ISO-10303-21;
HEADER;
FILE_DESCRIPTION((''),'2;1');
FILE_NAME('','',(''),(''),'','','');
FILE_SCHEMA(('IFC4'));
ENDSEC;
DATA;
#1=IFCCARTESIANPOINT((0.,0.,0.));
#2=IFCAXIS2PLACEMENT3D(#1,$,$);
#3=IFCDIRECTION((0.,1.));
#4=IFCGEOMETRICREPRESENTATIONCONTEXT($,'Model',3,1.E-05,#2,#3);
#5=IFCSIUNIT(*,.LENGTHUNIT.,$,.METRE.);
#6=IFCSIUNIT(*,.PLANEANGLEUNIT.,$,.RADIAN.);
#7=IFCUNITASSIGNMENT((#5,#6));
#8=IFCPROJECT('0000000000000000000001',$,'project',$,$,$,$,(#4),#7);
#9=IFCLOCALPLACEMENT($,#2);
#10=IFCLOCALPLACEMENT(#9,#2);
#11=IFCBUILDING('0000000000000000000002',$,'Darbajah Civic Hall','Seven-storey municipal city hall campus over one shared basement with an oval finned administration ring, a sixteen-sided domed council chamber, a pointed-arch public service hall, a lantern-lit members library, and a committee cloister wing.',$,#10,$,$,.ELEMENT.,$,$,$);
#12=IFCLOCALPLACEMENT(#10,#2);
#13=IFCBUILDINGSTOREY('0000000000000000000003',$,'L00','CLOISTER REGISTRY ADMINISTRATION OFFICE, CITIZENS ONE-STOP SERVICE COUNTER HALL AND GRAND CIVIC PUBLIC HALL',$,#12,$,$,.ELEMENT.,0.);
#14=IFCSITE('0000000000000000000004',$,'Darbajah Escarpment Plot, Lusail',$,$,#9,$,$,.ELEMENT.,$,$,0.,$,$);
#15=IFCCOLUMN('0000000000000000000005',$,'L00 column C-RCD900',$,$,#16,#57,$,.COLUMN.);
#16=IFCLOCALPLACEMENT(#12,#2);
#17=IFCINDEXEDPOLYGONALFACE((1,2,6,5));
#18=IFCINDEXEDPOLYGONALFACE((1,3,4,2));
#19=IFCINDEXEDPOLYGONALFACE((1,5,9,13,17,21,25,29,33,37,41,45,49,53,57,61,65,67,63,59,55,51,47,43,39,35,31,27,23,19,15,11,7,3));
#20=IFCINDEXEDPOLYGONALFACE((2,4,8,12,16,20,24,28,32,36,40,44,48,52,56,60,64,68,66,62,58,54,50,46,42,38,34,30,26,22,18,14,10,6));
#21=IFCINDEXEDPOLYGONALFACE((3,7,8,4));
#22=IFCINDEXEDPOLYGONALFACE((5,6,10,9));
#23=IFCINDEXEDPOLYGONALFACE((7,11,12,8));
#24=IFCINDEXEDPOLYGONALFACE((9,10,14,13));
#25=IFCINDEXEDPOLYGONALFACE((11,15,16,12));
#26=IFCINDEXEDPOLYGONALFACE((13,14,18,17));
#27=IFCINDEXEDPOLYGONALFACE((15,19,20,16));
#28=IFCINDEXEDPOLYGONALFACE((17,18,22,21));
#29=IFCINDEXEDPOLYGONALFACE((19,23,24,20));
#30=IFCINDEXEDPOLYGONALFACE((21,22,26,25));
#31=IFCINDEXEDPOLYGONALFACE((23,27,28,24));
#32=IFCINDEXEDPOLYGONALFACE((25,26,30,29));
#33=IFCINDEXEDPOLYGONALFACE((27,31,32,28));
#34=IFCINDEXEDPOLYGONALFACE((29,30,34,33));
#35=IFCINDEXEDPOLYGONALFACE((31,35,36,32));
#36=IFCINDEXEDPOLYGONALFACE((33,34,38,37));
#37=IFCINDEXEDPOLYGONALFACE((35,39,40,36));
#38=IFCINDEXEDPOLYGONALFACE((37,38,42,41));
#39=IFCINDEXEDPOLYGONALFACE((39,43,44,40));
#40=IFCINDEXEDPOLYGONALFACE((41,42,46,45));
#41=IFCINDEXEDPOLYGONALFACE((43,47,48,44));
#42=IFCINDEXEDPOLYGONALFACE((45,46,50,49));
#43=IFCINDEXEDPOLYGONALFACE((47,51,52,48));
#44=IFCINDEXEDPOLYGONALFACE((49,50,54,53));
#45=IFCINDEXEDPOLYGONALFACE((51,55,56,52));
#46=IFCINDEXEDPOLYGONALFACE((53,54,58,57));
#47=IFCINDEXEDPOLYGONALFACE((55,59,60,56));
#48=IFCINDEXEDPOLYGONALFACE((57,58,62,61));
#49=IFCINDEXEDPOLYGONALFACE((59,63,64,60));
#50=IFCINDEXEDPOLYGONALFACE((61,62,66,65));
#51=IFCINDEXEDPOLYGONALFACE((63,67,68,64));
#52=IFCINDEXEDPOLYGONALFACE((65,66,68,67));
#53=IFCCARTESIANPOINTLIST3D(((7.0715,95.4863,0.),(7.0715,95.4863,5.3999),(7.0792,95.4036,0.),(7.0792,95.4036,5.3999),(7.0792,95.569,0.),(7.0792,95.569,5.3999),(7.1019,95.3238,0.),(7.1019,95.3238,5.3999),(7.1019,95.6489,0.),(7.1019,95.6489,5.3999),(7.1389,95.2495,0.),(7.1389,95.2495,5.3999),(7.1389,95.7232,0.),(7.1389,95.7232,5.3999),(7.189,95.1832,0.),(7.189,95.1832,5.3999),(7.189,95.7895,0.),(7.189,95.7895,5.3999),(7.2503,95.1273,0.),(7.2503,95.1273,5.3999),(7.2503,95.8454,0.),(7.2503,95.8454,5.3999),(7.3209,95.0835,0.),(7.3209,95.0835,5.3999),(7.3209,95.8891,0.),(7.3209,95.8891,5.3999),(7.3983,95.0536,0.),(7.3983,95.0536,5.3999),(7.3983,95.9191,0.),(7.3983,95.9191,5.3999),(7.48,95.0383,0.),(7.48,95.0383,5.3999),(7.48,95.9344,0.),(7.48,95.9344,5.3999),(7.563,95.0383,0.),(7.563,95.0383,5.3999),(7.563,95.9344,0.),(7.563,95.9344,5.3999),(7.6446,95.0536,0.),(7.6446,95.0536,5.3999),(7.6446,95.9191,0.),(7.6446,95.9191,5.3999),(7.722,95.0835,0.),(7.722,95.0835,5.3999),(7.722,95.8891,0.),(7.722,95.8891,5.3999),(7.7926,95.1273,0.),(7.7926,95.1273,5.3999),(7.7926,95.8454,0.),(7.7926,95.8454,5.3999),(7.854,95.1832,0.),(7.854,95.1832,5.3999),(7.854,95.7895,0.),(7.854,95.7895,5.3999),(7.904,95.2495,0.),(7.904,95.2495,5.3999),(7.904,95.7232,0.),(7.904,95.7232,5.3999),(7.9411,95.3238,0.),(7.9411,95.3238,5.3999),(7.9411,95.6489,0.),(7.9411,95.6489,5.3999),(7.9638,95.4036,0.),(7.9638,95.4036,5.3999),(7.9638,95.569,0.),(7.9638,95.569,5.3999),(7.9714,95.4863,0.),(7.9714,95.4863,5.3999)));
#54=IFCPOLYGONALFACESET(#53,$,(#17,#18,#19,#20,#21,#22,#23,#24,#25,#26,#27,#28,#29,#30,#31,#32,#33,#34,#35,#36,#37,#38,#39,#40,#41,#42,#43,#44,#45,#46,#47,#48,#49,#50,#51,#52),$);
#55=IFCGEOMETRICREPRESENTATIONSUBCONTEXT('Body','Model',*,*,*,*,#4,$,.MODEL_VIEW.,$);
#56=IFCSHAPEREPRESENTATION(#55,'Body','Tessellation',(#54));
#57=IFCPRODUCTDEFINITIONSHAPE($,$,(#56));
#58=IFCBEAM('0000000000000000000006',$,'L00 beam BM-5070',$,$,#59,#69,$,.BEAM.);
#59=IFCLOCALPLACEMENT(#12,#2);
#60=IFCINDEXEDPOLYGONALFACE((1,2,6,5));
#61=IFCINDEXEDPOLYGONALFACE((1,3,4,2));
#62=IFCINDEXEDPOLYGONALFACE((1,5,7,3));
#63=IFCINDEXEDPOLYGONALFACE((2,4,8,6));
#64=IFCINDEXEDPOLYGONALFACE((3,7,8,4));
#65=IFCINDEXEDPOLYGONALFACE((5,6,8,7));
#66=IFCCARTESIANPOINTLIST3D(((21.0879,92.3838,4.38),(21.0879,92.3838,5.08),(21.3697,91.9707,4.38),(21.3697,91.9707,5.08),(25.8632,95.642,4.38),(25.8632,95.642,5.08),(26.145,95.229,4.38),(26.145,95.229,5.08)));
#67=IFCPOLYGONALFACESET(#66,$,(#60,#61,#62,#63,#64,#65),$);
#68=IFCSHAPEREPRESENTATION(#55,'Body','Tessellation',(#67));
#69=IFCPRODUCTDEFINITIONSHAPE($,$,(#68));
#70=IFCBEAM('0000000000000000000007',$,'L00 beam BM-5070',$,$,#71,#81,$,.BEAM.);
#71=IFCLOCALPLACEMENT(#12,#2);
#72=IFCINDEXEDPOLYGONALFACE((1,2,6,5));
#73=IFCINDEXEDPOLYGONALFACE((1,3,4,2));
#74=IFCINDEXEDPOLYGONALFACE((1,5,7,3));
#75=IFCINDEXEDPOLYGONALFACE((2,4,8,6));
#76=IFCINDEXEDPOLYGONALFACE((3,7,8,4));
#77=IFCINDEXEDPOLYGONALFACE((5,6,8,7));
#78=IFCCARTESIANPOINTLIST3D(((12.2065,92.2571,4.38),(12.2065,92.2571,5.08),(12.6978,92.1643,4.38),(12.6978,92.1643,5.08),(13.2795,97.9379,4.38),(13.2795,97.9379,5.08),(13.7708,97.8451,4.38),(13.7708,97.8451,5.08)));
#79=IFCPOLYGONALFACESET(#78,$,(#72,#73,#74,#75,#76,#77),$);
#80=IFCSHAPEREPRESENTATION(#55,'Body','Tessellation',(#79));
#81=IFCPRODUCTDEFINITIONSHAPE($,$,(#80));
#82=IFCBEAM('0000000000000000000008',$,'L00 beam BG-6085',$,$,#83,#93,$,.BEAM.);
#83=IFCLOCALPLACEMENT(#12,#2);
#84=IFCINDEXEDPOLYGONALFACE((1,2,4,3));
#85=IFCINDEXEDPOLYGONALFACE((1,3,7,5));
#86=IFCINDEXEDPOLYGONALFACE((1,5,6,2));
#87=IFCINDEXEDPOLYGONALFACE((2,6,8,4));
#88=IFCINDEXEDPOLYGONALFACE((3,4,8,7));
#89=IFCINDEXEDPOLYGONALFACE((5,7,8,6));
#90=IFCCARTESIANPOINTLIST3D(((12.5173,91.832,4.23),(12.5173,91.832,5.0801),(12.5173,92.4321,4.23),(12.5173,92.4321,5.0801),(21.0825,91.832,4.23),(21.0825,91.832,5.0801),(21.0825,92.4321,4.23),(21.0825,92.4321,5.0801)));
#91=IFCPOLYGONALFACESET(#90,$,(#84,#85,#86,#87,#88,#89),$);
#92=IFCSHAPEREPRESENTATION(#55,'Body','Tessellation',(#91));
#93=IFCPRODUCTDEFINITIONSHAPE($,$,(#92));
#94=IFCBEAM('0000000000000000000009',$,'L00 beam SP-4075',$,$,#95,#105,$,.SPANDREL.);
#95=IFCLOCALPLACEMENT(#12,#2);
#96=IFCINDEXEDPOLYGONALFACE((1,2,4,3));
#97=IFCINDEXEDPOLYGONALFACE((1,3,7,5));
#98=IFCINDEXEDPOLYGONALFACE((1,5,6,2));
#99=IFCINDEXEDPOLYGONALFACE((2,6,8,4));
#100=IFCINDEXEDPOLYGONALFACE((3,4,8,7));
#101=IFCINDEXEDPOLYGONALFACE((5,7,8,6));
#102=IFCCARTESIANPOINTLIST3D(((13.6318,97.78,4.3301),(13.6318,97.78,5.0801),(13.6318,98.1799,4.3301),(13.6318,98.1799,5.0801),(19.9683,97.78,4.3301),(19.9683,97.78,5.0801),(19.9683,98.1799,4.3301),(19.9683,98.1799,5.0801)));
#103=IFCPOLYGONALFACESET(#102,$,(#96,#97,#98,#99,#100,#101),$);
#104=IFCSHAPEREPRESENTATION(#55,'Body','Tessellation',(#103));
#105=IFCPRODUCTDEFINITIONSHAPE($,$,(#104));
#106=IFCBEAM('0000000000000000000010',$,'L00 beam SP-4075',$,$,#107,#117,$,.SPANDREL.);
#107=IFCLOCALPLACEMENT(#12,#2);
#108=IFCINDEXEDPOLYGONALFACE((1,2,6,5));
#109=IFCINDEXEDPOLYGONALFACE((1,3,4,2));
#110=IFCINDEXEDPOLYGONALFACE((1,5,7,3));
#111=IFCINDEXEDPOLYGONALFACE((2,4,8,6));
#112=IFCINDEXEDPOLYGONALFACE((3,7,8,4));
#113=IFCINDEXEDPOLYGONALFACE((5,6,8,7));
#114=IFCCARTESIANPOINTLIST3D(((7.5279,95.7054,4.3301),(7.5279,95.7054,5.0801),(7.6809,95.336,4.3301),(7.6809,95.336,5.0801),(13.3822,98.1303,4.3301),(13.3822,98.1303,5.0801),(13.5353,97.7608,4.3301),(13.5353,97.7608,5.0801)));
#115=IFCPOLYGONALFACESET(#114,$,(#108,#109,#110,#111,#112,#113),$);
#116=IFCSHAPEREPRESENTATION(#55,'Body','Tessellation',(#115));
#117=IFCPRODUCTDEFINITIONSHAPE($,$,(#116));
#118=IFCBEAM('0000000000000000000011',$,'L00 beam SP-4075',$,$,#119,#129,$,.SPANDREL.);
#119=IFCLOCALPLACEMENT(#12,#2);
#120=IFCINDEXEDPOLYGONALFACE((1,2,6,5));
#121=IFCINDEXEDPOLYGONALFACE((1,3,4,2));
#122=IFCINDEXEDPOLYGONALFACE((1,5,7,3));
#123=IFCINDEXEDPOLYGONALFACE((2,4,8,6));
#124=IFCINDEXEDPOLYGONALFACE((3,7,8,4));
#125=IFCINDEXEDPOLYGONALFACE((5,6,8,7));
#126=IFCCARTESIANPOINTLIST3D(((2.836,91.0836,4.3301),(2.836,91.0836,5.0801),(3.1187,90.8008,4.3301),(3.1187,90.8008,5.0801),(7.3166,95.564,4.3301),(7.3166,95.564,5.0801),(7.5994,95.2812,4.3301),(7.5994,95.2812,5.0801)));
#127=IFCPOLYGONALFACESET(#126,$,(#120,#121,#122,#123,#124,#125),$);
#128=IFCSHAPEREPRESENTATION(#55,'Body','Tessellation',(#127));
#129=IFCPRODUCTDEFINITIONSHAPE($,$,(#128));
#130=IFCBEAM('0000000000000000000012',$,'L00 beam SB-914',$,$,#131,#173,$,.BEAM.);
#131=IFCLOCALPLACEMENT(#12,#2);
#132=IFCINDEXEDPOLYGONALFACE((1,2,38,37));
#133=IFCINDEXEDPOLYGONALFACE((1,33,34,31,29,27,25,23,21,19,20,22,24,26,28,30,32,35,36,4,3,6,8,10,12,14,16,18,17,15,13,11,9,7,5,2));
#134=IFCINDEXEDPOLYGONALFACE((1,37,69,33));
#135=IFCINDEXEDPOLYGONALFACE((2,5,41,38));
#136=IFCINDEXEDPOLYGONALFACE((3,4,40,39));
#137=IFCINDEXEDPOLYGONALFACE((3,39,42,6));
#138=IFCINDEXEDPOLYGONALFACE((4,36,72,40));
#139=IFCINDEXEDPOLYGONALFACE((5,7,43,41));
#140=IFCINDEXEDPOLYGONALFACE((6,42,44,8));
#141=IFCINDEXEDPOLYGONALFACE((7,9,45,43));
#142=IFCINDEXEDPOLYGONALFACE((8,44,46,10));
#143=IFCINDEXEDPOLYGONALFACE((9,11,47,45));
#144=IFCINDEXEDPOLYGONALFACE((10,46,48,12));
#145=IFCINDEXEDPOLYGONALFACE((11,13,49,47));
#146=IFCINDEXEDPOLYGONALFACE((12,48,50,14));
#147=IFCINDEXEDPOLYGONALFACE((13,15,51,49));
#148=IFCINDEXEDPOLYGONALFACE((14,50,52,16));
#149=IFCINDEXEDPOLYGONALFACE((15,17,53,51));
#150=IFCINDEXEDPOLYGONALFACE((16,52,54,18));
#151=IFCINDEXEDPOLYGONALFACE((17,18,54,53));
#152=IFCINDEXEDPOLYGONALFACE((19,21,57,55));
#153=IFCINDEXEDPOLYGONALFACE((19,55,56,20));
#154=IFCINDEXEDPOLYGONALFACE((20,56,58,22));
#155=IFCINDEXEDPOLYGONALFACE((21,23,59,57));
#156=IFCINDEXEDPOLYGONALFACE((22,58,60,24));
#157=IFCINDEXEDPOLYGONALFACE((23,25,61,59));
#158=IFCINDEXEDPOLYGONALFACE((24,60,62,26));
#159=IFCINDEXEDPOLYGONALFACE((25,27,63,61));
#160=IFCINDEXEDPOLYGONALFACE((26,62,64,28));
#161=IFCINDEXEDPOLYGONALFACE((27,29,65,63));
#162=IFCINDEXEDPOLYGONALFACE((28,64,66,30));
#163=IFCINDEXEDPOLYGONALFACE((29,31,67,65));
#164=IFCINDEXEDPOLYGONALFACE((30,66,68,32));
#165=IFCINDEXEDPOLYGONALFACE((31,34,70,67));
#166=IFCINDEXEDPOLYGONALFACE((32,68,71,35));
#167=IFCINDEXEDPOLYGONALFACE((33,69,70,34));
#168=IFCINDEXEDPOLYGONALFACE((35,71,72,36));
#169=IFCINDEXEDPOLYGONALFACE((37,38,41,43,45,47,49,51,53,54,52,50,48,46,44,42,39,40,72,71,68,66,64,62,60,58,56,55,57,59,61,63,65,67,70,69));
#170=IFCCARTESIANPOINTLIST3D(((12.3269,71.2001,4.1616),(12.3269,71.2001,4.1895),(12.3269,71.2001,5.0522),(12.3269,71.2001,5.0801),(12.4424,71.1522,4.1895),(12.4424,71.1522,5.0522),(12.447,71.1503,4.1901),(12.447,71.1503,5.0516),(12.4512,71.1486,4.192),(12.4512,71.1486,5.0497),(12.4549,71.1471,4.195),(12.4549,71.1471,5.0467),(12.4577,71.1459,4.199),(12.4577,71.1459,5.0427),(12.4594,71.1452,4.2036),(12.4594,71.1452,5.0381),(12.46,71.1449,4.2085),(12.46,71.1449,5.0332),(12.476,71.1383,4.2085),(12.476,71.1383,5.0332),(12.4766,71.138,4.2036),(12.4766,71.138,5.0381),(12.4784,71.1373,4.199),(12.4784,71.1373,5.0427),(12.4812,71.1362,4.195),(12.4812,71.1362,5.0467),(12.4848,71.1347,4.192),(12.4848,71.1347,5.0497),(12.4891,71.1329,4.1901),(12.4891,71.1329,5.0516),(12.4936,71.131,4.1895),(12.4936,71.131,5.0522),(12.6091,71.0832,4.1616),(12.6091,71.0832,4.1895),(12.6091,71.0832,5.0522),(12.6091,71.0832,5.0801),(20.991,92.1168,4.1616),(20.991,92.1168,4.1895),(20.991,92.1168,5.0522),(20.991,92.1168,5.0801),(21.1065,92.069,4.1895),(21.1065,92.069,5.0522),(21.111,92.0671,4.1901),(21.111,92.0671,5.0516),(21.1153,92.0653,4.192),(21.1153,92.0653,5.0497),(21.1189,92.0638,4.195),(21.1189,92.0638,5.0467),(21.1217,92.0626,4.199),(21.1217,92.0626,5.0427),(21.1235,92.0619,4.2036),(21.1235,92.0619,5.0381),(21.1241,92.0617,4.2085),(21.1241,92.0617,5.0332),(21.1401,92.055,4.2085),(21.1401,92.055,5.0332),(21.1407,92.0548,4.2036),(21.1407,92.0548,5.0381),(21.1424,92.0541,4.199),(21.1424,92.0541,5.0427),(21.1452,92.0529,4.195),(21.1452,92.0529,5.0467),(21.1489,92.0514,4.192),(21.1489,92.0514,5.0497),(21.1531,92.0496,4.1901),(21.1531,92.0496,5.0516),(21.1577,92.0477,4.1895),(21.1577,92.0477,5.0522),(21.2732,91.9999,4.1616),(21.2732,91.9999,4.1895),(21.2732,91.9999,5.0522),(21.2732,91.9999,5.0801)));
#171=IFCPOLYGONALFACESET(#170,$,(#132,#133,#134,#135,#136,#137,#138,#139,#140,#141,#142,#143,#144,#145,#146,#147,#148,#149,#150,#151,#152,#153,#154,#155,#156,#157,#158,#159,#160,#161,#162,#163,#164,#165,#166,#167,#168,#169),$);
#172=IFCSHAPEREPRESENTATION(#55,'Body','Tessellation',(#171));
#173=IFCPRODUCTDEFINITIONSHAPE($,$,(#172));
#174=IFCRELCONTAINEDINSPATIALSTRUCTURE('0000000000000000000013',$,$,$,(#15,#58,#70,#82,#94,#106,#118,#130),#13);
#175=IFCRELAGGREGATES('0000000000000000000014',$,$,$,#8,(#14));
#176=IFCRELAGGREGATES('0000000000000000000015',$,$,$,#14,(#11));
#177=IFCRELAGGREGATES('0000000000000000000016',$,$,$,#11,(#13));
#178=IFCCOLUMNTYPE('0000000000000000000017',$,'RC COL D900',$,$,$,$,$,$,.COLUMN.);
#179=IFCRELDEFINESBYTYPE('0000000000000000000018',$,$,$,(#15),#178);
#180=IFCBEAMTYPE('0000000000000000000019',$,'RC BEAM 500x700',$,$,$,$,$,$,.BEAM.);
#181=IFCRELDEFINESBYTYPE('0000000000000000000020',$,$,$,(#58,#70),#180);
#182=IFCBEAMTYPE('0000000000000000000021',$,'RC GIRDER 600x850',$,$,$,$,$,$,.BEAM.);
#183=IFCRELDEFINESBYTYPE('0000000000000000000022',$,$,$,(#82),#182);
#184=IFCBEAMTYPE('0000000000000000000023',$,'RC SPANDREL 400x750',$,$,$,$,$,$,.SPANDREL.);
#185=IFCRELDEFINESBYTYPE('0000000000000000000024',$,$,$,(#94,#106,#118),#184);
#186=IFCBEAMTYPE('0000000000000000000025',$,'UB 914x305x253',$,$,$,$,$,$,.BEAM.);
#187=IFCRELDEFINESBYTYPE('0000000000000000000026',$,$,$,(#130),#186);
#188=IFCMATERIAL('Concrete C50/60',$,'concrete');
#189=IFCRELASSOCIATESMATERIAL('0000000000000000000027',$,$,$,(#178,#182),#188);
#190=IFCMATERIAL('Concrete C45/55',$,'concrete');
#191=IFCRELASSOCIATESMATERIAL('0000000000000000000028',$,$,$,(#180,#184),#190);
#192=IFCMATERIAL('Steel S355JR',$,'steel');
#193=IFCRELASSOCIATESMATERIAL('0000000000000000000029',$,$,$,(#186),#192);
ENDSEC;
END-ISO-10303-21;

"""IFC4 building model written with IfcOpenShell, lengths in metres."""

from ifc_helpers import new_model, si_unit, direction, frame, origin, origin_2d, place, context, subcontext, project, spatial, rectangle, circle, i_section, extrude, material, material_profile, profile_set, type_object, element, save


model = new_model("IFC4")

# Units and contexts
model_context = context("Model", 3, precision=1e-05, world=origin(), true_north=direction((0.0, 1.0)))
body_context = subcontext(model_context, "Body", "Model", "MODEL_VIEW")
ifc_project = project(units=[si_unit("LENGTHUNIT", "METRE"), si_unit("PLANEANGLEUNIT", "RADIAN")], contexts=[model_context])

# Site, building, storey
site_placement = place(None, origin())
site = spatial("IfcSite", under=ifc_project, at=site_placement, Name="Darbajah Escarpment Plot, Lusail", CompositionType="ELEMENT", RefElevation=0.0)
building_placement = place(site_placement, origin())
building = spatial("IfcBuilding", under=site, at=building_placement, Name="Darbajah Civic Hall", Description="Seven-storey municipal city hall campus over one shared basement with an oval finned administration ring, a sixteen-sided domed council chamber, a pointed-arch public service hall, a lantern-lit members library, and a committee cloister wing.", CompositionType="ELEMENT")
storey_placement = place(building_placement, origin())
storey = spatial("IfcBuildingStorey", under=building, at=storey_placement, Name="L00", Description="CLOISTER REGISTRY ADMINISTRATION OFFICE, CITIZENS ONE-STOP SERVICE COUNTER HALL AND GRAND CIVIC PUBLIC HALL", CompositionType="ELEMENT", Elevation=0.0)

# Column
ifc_material_1 = material(Name="Concrete C45/55", Category="concrete")
ifc_material_2 = material(Name="Concrete C50/60", Category="concrete")
ifc_material_profile_1 = material_profile(ifc_material_2, circle(Radius=0.45, at=origin_2d()), Name="RC COL D900")
ifc_profile_set_1 = profile_set([ifc_material_profile_1], Name="Concrete C50/60")
column_type_1 = type_object("IfcColumnType", Name="RC COL D900", PredefinedType="COLUMN", material=ifc_profile_set_1)
for number, where, z_axis, x_axis, name in (
    (1, (7.5215, 95.4863, 0.0), (0.0, 0.0, 1.0), (1.0, 0.0, 0.0), "L00 column C-RCD900"),
):
    element("IfcColumn", number, at=place(storey_placement, frame(where, z_axis=z_axis, x_axis=x_axis)), inside=storey, type_object=column_type_1, Name=name, PredefinedType="COLUMN", context=body_context, shape_type="SweptSolid", body=[
        extrude(circle(Radius=0.45, at=origin_2d()), origin(), (0.0, 0.0, 1.0), 5.3999),
    ])

# Beams
ifc_material_profile_2 = material_profile(ifc_material_1, rectangle(XDim=0.5, YDim=0.7, at=origin_2d()), Name="RC BEAM 500x700")
ifc_profile_set_2 = profile_set([ifc_material_profile_2], Name="Concrete C45/55")
beam_type_1 = type_object("IfcBeamType", Name="RC BEAM 500x700", PredefinedType="BEAM", material=ifc_profile_set_2)
beam_1_placement = place(storey_placement, frame((21.2288, 92.1772, 4.73), z_axis=(0.826038, 0.563615, 0.0), x_axis=(-0.563615, 0.826038, 0.0)))
element("IfcBeam", 2, at=beam_1_placement, inside=storey, type_object=beam_type_1, Name="L00 beam BM-5070", PredefinedType="BEAM", context=body_context, shape_type="SweptSolid", body=[
    extrude(rectangle(XDim=0.5, YDim=0.7, at=origin_2d()), origin(), (0.0, 0.0, 1.0), 5.781),
])
beam_2_placement = place(storey_placement, frame((12.4521, 92.2107, 4.73), z_axis=(0.185596, 0.982626, 0.0), x_axis=(-0.982626, 0.185596, 0.0)))
element("IfcBeam", 3, at=beam_2_placement, inside=storey, type_object=beam_type_1, Name="L00 beam BM-5070", PredefinedType="BEAM", context=body_context, shape_type="SweptSolid", body=[
    extrude(rectangle(XDim=0.5, YDim=0.7, at=origin_2d()), origin(), (0.0, 0.0, 1.0), 5.7812),
])
ifc_material_profile_3 = material_profile(ifc_material_2, rectangle(XDim=0.6001, YDim=0.8501, at=origin_2d()), Name="RC GIRDER 600x850")
ifc_profile_set_3 = profile_set([ifc_material_profile_3], Name="Concrete C50/60")
beam_type_2 = type_object("IfcBeamType", Name="RC GIRDER 600x850", PredefinedType="BEAM", material=ifc_profile_set_3)
beam_3_placement = place(storey_placement, frame((21.0825, 92.1321, 4.655), z_axis=(-1.0, 0.0, 0.0), x_axis=(0.0, -1.0, 0.0)))
element("IfcBeam", 4, at=beam_3_placement, inside=storey, type_object=beam_type_2, Name="L00 beam BG-6085", PredefinedType="BEAM", context=body_context, shape_type="SweptSolid", body=[
    extrude(rectangle(XDim=0.6001, YDim=0.8501, at=origin_2d()), origin(), (0.0, 0.0, 1.0), 8.5652),
])
ifc_material_profile_4 = material_profile(ifc_material_1, rectangle(XDim=0.3999, YDim=0.75, at=origin_2d()), Name="RC SPANDREL 400x750")
ifc_profile_set_4 = profile_set([ifc_material_profile_4], Name="Concrete C45/55")
beam_type_3 = type_object("IfcBeamType", Name="RC SPANDREL 400x750", PredefinedType="SPANDREL", material=ifc_profile_set_4)
beam_4_placement = place(storey_placement, frame((19.9683, 97.98, 4.7051), z_axis=(-1.0, 0.0, 0.0), x_axis=(0.0, -1.0, 0.0)))
element("IfcBeam", 5, at=beam_4_placement, inside=storey, type_object=beam_type_3, Name="L00 beam SP-4075", PredefinedType="SPANDREL", context=body_context, shape_type="SweptSolid", body=[
    extrude(rectangle(XDim=0.3999, YDim=0.75, at=origin_2d()), origin(), (0.0, 0.0, 1.0), 6.3364),
])
beam_5_placement = place(storey_placement, frame((13.4587, 97.9456, 4.7051), z_axis=(-0.923885, -0.382669, 0.0), x_axis=(0.382669, -0.923885, 0.0)))
element("IfcBeam", 6, at=beam_5_placement, inside=storey, type_object=beam_type_3, Name="L00 beam SP-4075", PredefinedType="SPANDREL", context=body_context, shape_type="SweptSolid", body=[
    extrude(rectangle(XDim=0.3999, YDim=0.75, at=origin_2d()), origin(), (0.0, 0.0, 1.0), 6.3367),
])
beam_6_placement = place(storey_placement, frame((7.458, 95.4226, 4.7051), z_axis=(-0.707126, -0.707088, 0.0), x_axis=(0.707088, -0.707126, 0.0)))
element("IfcBeam", 7, at=beam_6_placement, inside=storey, type_object=beam_type_3, Name="L00 beam SP-4075", PredefinedType="SPANDREL", context=body_context, shape_type="SweptSolid", body=[
    extrude(rectangle(XDim=0.3999, YDim=0.75, at=origin_2d()), origin(), (0.0, 0.0, 1.0), 6.3364),
])
ifc_material_3 = material(Name="Steel S355JR", Category="steel")
ifc_material_profile_5 = material_profile(ifc_material_3, i_section(OverallWidth=0.3054, OverallDepth=0.9185, WebThickness=0.0173, FlangeThickness=0.0278, FilletRadius=0.019, at=origin_2d()), Name="UB 914x305x253")
ifc_profile_set_5 = profile_set([ifc_material_profile_5], Name="Steel S355JR")
beam_type_4 = type_object("IfcBeamType", Name="UB 914x305x253", PredefinedType="BEAM", material=ifc_profile_set_5)
for number, where, z_axis, x_axis, name in (
    (8, (21.1321, 92.0583, 4.6208), (-0.382686, -0.923879, 0.0), (0.923879, -0.382686, 0.0), "L00 beam SB-914"),
):
    element("IfcBeam", number, at=place(storey_placement, frame(where, z_axis=z_axis, x_axis=x_axis)), inside=storey, type_object=beam_type_4, Name=name, PredefinedType="BEAM", context=body_context, shape_type="SweptSolid", body=[
        extrude(i_section(OverallWidth=0.3054, OverallDepth=0.9185, WebThickness=0.0173, FlangeThickness=0.0278, FilletRadius=0.019, at=origin_2d()), origin(), (0.0, 0.0, 1.0), 22.6401),
    ])

save(model, "model.ifc")
